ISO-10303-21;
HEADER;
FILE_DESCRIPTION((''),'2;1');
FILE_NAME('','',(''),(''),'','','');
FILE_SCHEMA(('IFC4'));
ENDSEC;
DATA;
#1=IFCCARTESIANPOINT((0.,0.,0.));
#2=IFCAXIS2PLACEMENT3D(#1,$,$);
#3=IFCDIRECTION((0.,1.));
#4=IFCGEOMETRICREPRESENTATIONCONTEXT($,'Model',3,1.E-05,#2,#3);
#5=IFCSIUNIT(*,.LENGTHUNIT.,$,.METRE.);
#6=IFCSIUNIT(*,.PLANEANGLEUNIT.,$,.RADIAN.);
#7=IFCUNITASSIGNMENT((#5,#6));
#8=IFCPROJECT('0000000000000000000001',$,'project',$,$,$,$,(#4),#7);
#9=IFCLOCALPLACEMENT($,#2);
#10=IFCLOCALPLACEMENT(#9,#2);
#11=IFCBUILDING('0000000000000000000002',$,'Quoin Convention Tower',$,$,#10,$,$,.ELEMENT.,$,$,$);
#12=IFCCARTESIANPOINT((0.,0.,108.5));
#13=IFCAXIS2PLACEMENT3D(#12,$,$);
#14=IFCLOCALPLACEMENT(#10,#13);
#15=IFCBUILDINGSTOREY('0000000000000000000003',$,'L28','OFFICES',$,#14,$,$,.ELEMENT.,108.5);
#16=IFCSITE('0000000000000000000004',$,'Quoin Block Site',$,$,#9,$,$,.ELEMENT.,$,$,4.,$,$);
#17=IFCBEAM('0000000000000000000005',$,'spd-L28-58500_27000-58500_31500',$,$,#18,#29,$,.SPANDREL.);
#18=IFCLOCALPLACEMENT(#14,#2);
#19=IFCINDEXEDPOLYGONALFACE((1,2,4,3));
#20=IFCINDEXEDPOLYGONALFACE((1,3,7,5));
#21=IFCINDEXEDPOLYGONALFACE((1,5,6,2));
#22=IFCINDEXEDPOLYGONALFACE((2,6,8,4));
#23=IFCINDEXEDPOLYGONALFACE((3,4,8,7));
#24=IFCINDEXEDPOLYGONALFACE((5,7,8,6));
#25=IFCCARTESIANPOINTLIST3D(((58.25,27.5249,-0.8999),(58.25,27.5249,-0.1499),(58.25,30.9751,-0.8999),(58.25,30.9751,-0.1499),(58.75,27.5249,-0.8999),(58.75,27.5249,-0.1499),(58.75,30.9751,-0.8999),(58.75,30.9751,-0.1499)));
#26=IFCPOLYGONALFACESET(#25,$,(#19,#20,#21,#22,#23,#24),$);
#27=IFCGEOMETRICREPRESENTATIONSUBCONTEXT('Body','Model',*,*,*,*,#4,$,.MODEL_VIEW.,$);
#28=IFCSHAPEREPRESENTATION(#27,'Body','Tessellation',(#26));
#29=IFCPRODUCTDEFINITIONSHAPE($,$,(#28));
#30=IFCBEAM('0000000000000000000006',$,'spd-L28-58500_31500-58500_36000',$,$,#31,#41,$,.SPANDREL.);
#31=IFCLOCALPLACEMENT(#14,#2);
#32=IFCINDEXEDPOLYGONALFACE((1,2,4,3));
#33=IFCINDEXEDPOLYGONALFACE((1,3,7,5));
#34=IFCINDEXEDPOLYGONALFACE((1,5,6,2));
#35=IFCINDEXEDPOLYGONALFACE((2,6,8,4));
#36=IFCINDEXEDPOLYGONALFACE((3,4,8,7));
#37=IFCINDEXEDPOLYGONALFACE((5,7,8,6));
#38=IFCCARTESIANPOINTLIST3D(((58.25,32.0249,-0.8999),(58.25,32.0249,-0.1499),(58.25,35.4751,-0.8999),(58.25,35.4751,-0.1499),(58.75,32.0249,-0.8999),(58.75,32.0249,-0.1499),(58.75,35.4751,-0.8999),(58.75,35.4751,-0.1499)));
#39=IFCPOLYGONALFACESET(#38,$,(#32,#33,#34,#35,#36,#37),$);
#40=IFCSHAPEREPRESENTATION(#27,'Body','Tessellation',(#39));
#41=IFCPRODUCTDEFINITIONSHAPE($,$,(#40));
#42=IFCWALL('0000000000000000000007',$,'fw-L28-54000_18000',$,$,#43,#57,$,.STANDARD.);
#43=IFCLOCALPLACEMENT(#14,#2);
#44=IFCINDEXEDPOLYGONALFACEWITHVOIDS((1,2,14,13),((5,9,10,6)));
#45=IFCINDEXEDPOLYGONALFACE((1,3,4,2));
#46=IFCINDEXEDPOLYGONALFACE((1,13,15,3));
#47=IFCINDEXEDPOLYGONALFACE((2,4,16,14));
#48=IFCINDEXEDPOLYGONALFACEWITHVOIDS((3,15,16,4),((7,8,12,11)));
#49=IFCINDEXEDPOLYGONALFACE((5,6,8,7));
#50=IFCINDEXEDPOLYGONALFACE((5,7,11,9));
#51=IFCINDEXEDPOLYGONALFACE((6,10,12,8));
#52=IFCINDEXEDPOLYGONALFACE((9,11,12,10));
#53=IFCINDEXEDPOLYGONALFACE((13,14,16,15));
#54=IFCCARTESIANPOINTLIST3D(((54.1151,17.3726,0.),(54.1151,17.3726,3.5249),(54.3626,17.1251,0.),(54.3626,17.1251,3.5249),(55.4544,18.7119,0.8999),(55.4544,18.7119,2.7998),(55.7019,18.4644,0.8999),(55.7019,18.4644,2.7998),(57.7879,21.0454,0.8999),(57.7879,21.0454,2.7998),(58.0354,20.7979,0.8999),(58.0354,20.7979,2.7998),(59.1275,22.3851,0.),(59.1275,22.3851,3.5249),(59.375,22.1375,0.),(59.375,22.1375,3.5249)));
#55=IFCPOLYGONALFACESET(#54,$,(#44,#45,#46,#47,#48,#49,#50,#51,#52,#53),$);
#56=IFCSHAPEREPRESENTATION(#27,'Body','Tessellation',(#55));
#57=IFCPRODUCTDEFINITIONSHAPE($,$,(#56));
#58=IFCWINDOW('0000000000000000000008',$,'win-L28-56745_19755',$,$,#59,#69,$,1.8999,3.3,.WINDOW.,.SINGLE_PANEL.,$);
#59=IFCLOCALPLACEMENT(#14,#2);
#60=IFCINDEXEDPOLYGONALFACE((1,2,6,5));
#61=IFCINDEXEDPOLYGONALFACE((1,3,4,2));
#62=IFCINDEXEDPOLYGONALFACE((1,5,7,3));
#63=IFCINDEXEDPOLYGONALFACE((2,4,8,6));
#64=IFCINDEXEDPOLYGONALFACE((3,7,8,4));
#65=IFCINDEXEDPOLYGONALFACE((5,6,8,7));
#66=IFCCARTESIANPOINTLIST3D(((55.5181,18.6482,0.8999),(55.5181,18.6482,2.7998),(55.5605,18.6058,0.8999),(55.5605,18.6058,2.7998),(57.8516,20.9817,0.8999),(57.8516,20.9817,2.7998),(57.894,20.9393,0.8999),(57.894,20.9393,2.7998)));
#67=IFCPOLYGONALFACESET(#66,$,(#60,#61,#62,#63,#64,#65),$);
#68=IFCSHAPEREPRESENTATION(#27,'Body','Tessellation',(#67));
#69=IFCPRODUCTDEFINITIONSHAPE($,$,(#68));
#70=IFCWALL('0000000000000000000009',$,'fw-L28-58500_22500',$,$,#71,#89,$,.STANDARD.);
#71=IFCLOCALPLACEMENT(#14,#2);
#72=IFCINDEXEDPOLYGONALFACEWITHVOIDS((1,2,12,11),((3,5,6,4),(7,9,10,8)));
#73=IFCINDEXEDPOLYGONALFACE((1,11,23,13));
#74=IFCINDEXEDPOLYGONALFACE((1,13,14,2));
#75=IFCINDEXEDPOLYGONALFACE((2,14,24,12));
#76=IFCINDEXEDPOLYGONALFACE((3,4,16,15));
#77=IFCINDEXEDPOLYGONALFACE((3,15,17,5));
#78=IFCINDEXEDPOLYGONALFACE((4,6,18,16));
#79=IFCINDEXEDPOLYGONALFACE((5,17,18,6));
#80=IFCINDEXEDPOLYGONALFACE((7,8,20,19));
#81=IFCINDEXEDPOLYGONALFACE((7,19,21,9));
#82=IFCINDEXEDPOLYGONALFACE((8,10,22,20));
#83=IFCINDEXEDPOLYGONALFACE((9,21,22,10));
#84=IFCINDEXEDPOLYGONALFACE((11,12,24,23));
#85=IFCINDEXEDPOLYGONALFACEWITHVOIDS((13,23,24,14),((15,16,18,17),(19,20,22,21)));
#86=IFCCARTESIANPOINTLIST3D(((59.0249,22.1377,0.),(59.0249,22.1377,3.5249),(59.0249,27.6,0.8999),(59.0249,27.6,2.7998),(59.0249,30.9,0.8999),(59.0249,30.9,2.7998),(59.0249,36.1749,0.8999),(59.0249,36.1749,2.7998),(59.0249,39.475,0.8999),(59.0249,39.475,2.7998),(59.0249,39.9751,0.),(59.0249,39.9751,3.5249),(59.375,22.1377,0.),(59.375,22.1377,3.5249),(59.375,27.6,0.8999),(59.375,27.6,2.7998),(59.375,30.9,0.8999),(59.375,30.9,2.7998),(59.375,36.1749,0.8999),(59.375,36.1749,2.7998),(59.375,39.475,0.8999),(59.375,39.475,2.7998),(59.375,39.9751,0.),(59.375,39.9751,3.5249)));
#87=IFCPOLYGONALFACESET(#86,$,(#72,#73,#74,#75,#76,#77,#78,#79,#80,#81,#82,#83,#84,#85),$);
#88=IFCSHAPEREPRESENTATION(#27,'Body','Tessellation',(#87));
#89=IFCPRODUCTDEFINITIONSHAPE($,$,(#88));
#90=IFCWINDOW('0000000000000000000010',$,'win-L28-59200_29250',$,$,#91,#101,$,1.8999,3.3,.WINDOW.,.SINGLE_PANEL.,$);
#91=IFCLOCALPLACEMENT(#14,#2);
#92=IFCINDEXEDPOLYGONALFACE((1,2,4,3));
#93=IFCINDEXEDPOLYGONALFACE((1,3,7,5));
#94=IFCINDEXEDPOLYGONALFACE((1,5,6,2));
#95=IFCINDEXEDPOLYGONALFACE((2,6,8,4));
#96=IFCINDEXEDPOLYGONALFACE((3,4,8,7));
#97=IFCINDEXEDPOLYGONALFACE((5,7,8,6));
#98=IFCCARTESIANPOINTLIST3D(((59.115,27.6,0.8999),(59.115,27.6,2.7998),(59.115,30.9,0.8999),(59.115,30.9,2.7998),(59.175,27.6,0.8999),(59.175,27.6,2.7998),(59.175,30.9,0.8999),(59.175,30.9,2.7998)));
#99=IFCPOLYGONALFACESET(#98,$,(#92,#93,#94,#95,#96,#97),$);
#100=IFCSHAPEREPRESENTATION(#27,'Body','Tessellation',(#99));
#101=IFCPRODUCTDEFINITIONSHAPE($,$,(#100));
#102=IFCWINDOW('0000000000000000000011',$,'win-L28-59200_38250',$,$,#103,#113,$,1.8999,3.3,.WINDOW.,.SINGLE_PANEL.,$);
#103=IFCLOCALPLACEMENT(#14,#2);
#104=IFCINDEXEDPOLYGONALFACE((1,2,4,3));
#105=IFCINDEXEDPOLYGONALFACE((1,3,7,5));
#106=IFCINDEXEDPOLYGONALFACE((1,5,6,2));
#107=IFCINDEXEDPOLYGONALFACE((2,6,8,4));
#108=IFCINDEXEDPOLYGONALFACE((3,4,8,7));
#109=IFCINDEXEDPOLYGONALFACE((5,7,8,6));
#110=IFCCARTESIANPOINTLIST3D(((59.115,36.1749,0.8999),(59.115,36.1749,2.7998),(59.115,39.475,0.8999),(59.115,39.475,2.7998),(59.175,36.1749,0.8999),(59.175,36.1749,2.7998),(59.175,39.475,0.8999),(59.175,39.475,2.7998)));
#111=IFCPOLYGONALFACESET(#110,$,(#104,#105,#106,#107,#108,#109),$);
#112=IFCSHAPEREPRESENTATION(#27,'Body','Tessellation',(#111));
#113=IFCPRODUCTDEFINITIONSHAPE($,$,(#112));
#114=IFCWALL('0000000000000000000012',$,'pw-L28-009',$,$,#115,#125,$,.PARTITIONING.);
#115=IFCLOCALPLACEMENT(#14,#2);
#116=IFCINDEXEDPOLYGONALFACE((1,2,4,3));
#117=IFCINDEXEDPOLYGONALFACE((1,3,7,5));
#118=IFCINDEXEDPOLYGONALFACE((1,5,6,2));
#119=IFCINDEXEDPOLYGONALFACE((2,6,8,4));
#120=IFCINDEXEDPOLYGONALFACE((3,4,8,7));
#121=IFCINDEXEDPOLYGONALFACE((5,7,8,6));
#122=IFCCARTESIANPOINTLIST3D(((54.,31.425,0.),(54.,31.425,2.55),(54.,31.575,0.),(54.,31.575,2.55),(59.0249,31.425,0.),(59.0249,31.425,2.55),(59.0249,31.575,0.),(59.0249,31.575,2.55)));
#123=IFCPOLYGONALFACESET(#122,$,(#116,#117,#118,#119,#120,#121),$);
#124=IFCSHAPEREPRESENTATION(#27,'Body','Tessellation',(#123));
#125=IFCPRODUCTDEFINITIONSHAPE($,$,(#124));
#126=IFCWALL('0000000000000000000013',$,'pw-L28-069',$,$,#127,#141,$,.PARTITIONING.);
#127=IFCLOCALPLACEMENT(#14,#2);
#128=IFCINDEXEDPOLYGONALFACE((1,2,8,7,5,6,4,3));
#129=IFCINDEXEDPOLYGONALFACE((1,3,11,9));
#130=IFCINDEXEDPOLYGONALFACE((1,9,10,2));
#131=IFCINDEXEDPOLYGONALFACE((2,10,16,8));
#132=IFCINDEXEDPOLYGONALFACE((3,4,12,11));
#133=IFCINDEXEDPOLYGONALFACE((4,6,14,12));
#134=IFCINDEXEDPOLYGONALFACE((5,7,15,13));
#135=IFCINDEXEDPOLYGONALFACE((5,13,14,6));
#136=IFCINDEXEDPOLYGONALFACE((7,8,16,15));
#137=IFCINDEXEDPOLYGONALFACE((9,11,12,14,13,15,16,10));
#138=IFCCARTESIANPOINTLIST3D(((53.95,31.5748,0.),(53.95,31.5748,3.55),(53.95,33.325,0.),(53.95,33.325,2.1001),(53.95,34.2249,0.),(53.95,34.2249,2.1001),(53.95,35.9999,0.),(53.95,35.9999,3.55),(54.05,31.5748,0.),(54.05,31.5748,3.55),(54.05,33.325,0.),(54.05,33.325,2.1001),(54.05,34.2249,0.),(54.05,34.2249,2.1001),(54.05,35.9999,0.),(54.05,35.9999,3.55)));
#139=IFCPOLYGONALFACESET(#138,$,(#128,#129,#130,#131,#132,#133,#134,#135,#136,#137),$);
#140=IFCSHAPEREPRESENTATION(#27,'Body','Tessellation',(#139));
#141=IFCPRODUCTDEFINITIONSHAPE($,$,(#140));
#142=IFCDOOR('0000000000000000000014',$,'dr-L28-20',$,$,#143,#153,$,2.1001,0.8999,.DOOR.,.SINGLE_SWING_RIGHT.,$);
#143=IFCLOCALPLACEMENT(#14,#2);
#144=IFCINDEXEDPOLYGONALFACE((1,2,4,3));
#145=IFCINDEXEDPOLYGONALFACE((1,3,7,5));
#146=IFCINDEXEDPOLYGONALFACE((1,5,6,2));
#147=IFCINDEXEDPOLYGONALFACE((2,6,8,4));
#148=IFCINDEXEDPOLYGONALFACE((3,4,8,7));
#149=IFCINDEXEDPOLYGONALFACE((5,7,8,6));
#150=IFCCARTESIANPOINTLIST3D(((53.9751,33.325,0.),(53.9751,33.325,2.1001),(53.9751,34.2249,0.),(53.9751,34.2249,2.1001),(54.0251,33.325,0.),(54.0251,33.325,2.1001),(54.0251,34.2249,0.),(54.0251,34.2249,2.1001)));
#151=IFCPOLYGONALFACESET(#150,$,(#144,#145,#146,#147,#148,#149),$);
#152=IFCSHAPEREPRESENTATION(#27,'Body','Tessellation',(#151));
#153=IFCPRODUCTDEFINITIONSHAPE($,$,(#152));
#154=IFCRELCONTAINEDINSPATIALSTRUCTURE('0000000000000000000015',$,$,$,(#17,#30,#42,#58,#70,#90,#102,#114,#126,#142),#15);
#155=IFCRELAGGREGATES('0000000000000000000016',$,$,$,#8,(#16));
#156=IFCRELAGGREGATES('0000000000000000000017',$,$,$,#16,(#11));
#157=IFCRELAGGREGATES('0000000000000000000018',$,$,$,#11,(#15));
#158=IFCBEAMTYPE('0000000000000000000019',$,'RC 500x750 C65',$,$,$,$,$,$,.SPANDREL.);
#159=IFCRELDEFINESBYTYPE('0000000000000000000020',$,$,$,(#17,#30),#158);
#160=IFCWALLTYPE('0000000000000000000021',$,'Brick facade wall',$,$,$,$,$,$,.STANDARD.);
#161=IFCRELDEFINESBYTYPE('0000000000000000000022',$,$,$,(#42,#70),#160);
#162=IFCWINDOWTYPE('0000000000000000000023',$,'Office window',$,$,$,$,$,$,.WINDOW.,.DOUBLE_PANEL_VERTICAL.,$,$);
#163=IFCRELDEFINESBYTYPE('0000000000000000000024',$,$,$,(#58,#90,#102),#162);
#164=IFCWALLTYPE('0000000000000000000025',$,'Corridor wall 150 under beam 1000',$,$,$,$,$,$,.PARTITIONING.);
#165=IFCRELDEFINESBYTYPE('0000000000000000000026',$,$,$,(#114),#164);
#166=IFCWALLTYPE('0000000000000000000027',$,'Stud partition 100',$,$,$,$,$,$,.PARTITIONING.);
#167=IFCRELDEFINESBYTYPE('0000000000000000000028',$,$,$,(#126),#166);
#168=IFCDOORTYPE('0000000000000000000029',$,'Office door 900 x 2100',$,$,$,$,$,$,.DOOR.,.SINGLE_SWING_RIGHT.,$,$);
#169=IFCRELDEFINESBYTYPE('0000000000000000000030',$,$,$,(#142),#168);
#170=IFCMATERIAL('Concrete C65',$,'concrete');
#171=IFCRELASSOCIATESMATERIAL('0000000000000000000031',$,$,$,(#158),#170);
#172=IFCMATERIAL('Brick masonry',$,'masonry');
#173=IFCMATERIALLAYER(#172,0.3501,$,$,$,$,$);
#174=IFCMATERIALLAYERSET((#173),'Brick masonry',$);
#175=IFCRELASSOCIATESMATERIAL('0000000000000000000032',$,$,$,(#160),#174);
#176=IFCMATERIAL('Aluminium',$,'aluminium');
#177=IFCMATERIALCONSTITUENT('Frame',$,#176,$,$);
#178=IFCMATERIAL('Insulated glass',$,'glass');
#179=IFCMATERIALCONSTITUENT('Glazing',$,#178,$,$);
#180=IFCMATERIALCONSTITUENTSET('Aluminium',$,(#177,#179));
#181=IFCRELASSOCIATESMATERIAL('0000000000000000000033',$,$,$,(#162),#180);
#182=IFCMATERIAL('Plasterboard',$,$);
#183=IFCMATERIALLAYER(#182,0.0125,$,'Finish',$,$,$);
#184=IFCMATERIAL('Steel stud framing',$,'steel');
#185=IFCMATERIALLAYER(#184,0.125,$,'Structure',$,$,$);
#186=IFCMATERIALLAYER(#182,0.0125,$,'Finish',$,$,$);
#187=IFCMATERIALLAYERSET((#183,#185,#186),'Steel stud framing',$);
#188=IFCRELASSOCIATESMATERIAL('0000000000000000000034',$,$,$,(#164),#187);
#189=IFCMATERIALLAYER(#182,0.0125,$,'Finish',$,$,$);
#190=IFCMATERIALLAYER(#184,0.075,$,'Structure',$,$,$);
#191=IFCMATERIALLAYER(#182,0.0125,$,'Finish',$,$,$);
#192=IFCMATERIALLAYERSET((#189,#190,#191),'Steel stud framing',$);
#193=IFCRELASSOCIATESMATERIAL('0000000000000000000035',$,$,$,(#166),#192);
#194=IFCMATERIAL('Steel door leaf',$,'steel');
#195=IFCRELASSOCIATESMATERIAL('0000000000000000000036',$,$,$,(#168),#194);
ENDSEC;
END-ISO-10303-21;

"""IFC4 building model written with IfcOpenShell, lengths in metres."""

from ifc_helpers import new_model, si_unit, direction, frame, frame_2d, origin, origin_2d, place, context, subcontext, project, spatial, rectangle, extrude, material, layer, layer_set, constituent, constituent_set, material_profile, profile_set, type_object, element, fill, save


model = new_model("IFC4")

# Units and contexts
model_context = context("Model", 3, precision=1e-05, world=origin(), true_north=direction((0.0, 1.0)))
body_context = subcontext(model_context, "Body", "Model", "MODEL_VIEW")
ifc_project = project(units=[si_unit("LENGTHUNIT", "METRE"), si_unit("PLANEANGLEUNIT", "RADIAN")], contexts=[model_context])

# Site, building, storey
site_placement = place(None, origin())
site = spatial("IfcSite", under=ifc_project, at=site_placement, Name="Quoin Block Site", CompositionType="ELEMENT", RefElevation=4.0)
building_placement = place(site_placement, origin())
building = spatial("IfcBuilding", under=site, at=building_placement, Name="Quoin Convention Tower", CompositionType="ELEMENT")
storey_placement = place(building_placement, frame((0.0, 0.0, 108.5)))
storey = spatial("IfcBuildingStorey", under=building, at=storey_placement, Name="L28", Description="OFFICES", CompositionType="ELEMENT", Elevation=108.5)

# Shared definitions
ifc_material_1 = material(Name="Concrete C65", Category="concrete")

# Beams
ifc_material_profile_1 = material_profile(ifc_material_1, rectangle(XDim=0.5, YDim=0.75, at=origin_2d()), Name="RC 500x750")
ifc_profile_set_1 = profile_set([ifc_material_profile_1], Name="Concrete C65")
beam_type_1 = type_object("IfcBeamType", Name="RC 500x750 C65", PredefinedType="SPANDREL", material=ifc_profile_set_1)
for number, where, z_axis, x_axis, name in (
    (1, (58.5, 27.5249, -0.5249), (0.0, 1.0, 0.0), (-1.0, 0.0, 0.0), "spd-L28-58500_27000-58500_31500"),
    (2, (58.5, 32.0249, -0.5249), (0.0, 1.0, 0.0), (-1.0, 0.0, 0.0), "spd-L28-58500_31500-58500_36000"),
):
    element("IfcBeam", number, at=place(storey_placement, frame(where, z_axis=z_axis, x_axis=x_axis)), inside=storey, type_object=beam_type_1, Name=name, PredefinedType="SPANDREL", context=body_context, shape_type="SweptSolid", body=[
        extrude(rectangle(XDim=0.5, YDim=0.75, at=origin_2d()), origin(), (0.0, 0.0, 1.0), 3.4502),
    ])

# Wall, opening, window
ifc_material_2 = material(Name="Brick masonry", Category="masonry")
ifc_layer_1 = layer(ifc_material_2, 0.3501)
ifc_layer_set_1 = layer_set([ifc_layer_1], Name="Brick masonry")
wall_type_1 = type_object("IfcWallType", Name="Brick facade wall", PredefinedType="STANDARD", material=ifc_layer_set_1)
wall_1_placement = place(storey_placement, frame((54.2388, 17.2488, 0.0), z_axis=(0.0, 0.0, 1.0), x_axis=(0.707107, 0.707107, 0.0)))
wall_1 = element("IfcWall", 3, at=wall_1_placement, inside=storey, type_object=wall_type_1, Name="fw-L28-54000_18000", PredefinedType="STANDARD", context=body_context, shape_type="SweptSolid", body=[
    extrude(rectangle(XDim=7.0886, YDim=0.3501, at=frame_2d((3.5444, 0.0))), origin(), (0.0, 0.0, 1.0), 3.5249),
])
opening_1_placement = place(wall_1_placement, frame((1.8943, 0.0, 0.8999)))
opening_1 = element("IfcOpeningElement", 4, at=opening_1_placement, cuts=wall_1, PredefinedType="OPENING", context=body_context, shape_type="SweptSolid", body=[
    extrude(rectangle(XDim=3.3, YDim=1.8999, at=frame_2d((1.6499, 0.95))), frame((0.0, 0.1851, 0.0), z_axis=(0.0, -1.0, 0.0), x_axis=(1.0, 0.0, 0.0)), (0.0, 0.0, 1.0), 0.3701),
])
ifc_material_3 = material(Name="Aluminium", Category="aluminium")
ifc_constituent_1 = constituent(ifc_material_3, Name="Frame")
ifc_material_4 = material(Name="Insulated glass", Category="glass")
ifc_constituent_2 = constituent(ifc_material_4, Name="Glazing")
ifc_constituent_set = constituent_set(constituents=[ifc_constituent_1, ifc_constituent_2], Name="Aluminium")
window_type = type_object("IfcWindowType", Name="Office window", PartitioningType="DOUBLE_PANEL_VERTICAL", PredefinedType="WINDOW", material=ifc_constituent_set)
window_1_placement = place(opening_1_placement, origin())
window_1 = element("IfcWindow", 5, at=window_1_placement, inside=storey, type_object=window_type, Name="win-L28-56745_19755", OverallHeight=1.8999, OverallWidth=3.3, PartitioningType="SINGLE_PANEL", PredefinedType="WINDOW", context=body_context, shape_type="SweptSolid", body=[
    extrude(rectangle(XDim=3.3, YDim=1.8999, at=frame_2d((1.6499, 0.95))), frame((0.0, 0.085, 0.0), z_axis=(0.0, -1.0, 0.0), x_axis=(1.0, 0.0, 0.0)), (0.0, 0.0, 1.0), 0.0601),
])
fill(opening_1, window_1)

# Wall, openings, windows
wall_2_placement = place(storey_placement, frame((59.2, 22.1377, 0.0), z_axis=(0.0, 0.0, 1.0), x_axis=(0.0, 1.0, 0.0)))
wall_2 = element("IfcWall", 6, at=wall_2_placement, inside=storey, type_object=wall_type_1, Name="fw-L28-58500_22500", PredefinedType="STANDARD", context=body_context, shape_type="SweptSolid", body=[
    extrude(rectangle(XDim=17.8374, YDim=0.3501, at=frame_2d((8.9187, 0.0))), origin(), (0.0, 0.0, 1.0), 3.5249),
])
opening_2_placement = place(wall_2_placement, frame((5.4624, 0.0, 0.8999)))
opening_2 = element("IfcOpeningElement", 7, at=opening_2_placement, cuts=wall_2, PredefinedType="OPENING", context=body_context, shape_type="SweptSolid", body=[
    extrude(rectangle(XDim=3.3, YDim=1.8999, at=frame_2d((1.6499, 0.95))), frame((0.0, 0.1851, 0.0), z_axis=(0.0, -1.0, 0.0), x_axis=(1.0, 0.0, 0.0)), (0.0, 0.0, 1.0), 0.3701),
])
opening_3_placement = place(wall_2_placement, frame((14.0374, 0.0, 0.8999)))
opening_3 = element("IfcOpeningElement", 8, at=opening_3_placement, cuts=wall_2, PredefinedType="OPENING", context=body_context, shape_type="SweptSolid", body=[
    extrude(rectangle(XDim=3.3, YDim=1.8999, at=frame_2d((1.6499, 0.95))), frame((0.0, 0.1851, 0.0), z_axis=(0.0, -1.0, 0.0), x_axis=(1.0, 0.0, 0.0)), (0.0, 0.0, 1.0), 0.3701),
])
window_2_placement = place(opening_2_placement, origin())
window_2 = element("IfcWindow", 9, at=window_2_placement, inside=storey, type_object=window_type, Name="win-L28-59200_29250", OverallHeight=1.8999, OverallWidth=3.3, PartitioningType="SINGLE_PANEL", PredefinedType="WINDOW", context=body_context, shape_type="SweptSolid", body=[
    extrude(rectangle(XDim=3.3, YDim=1.8999, at=frame_2d((1.6499, 0.95))), frame((0.0, 0.085, 0.0), z_axis=(0.0, -1.0, 0.0), x_axis=(1.0, 0.0, 0.0)), (0.0, 0.0, 1.0), 0.0601),
])
fill(opening_2, window_2)
window_3_placement = place(opening_3_placement, origin())
window_3 = element("IfcWindow", 10, at=window_3_placement, inside=storey, type_object=window_type, Name="win-L28-59200_38250", OverallHeight=1.8999, OverallWidth=3.3, PartitioningType="SINGLE_PANEL", PredefinedType="WINDOW", context=body_context, shape_type="SweptSolid", body=[
    extrude(rectangle(XDim=3.3, YDim=1.8999, at=frame_2d((1.6499, 0.95))), frame((0.0, 0.085, 0.0), z_axis=(0.0, -1.0, 0.0), x_axis=(1.0, 0.0, 0.0)), (0.0, 0.0, 1.0), 0.0601),
])
fill(opening_3, window_3)

# Wall
ifc_material_5 = material(Name="Plasterboard")
ifc_layer_2 = layer(ifc_material_5, 0.0125, Name="Finish")
ifc_material_6 = material(Name="Steel stud framing", Category="steel")
ifc_layer_3 = layer(ifc_material_6, 0.125, Name="Structure")
ifc_layer_4 = layer(ifc_material_5, 0.0125, Name="Finish")
ifc_layer_set_2 = layer_set([ifc_layer_2, ifc_layer_3, ifc_layer_4], Name="Steel stud framing")
wall_type_2 = type_object("IfcWallType", Name="Corridor wall 150 under beam 1000", PredefinedType="PARTITIONING", material=ifc_layer_set_2)
wall_3_placement = place(storey_placement, frame((54.0, 31.5, 0.0), z_axis=(0.0, 0.0, 1.0), x_axis=(1.0, 0.0, 0.0)))
element("IfcWall", 11, at=wall_3_placement, inside=storey, type_object=wall_type_2, Name="pw-L28-009", PredefinedType="PARTITIONING", context=body_context, shape_type="SweptSolid", body=[
    extrude(rectangle(XDim=5.0249, YDim=0.1499, at=frame_2d((2.5125, 0.0))), origin(), (0.0, 0.0, 1.0), 2.55),
])

# Wall, opening, door
ifc_layer_5 = layer(ifc_material_5, 0.0125, Name="Finish")
ifc_layer_6 = layer(ifc_material_6, 0.075, Name="Structure")
ifc_layer_7 = layer(ifc_material_5, 0.0125, Name="Finish")
ifc_layer_set_3 = layer_set([ifc_layer_5, ifc_layer_6, ifc_layer_7], Name="Steel stud framing")
wall_type_3 = type_object("IfcWallType", Name="Stud partition 100", PredefinedType="PARTITIONING", material=ifc_layer_set_3)
wall_4_placement = place(storey_placement, frame((54.0, 31.575, 0.0), z_axis=(0.0, 0.0, 1.0), x_axis=(0.0, 1.0, 0.0)))
wall_4 = element("IfcWall", 12, at=wall_4_placement, inside=storey, type_object=wall_type_3, Name="pw-L28-069", PredefinedType="PARTITIONING", context=body_context, shape_type="SweptSolid", body=[
    extrude(rectangle(XDim=4.425, YDim=0.1001, at=frame_2d((2.2124, 0.0))), origin(), (0.0, 0.0, 1.0), 3.55),
])
opening_4_placement = place(wall_4_placement, frame((1.75, 0.0, 0.0)))
opening_4 = element("IfcOpeningElement", 13, at=opening_4_placement, cuts=wall_4, PredefinedType="OPENING", context=body_context, shape_type="SweptSolid", body=[
    extrude(rectangle(XDim=0.8999, YDim=2.1001, at=frame_2d((0.45, 1.05))), frame((0.0, 0.0601, 0.0), z_axis=(0.0, -1.0, 0.0), x_axis=(1.0, 0.0, 0.0)), (0.0, 0.0, 1.0), 0.1201),
])
ifc_material_7 = material(Name="Steel door leaf", Category="steel")
door_type = type_object("IfcDoorType", Name="Office door 900 x 2100", OperationType="SINGLE_SWING_RIGHT", PredefinedType="DOOR", material=ifc_material_7)
door_placement = place(opening_4_placement, origin())
door = element("IfcDoor", 14, at=door_placement, inside=storey, type_object=door_type, Name="dr-L28-20", OperationType="SINGLE_SWING_RIGHT", OverallHeight=2.1001, OverallWidth=0.8999, PredefinedType="DOOR", context=body_context, shape_type="SweptSolid", body=[
    extrude(rectangle(XDim=0.8999, YDim=2.1001, at=frame_2d((0.45, 1.05))), frame((0.0, 0.0249, 0.0), z_axis=(0.0, -1.0, 0.0), x_axis=(1.0, 0.0, 0.0)), (0.0, 0.0, 1.0), 0.05),
])
fill(opening_4, door)

save(model, "model.ifc")
